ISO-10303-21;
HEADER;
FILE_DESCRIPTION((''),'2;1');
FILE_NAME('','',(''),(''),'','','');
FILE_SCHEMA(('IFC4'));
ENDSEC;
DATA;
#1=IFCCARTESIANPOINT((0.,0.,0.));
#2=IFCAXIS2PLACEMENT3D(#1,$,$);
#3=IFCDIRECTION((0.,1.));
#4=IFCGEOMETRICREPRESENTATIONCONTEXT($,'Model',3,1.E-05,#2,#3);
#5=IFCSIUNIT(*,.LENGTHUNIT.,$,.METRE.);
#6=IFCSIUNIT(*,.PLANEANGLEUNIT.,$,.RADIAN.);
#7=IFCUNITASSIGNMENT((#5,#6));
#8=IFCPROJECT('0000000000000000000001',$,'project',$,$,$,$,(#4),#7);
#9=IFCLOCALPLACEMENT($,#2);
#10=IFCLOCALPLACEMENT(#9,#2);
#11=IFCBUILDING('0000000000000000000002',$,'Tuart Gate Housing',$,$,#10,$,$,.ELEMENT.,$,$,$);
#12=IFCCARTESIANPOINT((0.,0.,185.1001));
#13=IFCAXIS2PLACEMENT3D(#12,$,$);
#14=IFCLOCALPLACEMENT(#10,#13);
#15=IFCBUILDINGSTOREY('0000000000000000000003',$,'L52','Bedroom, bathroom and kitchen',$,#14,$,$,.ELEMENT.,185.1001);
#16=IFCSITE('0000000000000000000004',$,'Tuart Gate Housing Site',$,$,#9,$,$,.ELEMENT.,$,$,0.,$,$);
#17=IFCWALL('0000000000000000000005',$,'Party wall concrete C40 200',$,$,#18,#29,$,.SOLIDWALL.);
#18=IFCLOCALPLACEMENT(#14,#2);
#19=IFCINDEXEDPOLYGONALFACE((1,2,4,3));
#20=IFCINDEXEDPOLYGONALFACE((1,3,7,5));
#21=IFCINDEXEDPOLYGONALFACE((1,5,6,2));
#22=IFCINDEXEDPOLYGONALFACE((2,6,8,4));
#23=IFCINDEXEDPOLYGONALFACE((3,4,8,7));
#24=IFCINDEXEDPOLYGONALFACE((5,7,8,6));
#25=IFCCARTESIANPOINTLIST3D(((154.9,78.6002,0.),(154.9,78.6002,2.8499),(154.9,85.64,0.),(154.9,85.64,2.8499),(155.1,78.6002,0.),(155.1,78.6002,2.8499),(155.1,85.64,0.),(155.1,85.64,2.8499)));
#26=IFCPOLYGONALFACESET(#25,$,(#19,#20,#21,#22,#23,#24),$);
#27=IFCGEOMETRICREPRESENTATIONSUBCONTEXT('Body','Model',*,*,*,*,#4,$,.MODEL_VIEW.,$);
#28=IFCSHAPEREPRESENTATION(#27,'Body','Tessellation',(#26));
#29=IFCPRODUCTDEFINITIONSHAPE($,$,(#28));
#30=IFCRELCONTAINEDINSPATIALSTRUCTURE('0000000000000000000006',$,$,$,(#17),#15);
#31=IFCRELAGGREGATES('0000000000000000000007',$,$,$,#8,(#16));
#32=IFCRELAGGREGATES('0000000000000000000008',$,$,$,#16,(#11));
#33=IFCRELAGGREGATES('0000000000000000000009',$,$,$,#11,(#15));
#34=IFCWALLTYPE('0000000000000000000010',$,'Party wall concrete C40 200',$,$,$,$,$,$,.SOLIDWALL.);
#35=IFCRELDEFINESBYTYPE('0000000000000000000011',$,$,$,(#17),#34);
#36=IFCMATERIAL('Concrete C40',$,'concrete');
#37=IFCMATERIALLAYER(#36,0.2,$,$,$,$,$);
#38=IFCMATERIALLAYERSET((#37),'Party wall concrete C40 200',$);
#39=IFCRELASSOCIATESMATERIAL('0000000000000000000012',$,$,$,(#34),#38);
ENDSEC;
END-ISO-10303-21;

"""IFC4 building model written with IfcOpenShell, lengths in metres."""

from ifc_helpers import new_model, si_unit, direction, frame, frame_2d, origin, place, context, subcontext, project, spatial, rectangle, extrude, material, layer, layer_set, type_object, element, save


model = new_model("IFC4")

# Units and contexts
model_context = context("Model", 3, precision=1e-05, world=origin(), true_north=direction((0.0, 1.0)))
body_context = subcontext(model_context, "Body", "Model", "MODEL_VIEW")
ifc_project = project(units=[si_unit("LENGTHUNIT", "METRE"), si_unit("PLANEANGLEUNIT", "RADIAN")], contexts=[model_context])

# Site, building, storey
site_placement = place(None, origin())
site = spatial("IfcSite", under=ifc_project, at=site_placement, Name="Tuart Gate Housing Site", CompositionType="ELEMENT", RefElevation=0.0)
building_placement = place(site_placement, origin())
building = spatial("IfcBuilding", under=site, at=building_placement, Name="Tuart Gate Housing", CompositionType="ELEMENT")
storey_placement = place(building_placement, frame((0.0, 0.0, 185.1001)))
storey = spatial("IfcBuildingStorey", under=building, at=storey_placement, Name="L52", Description="Bedroom, bathroom and kitchen", CompositionType="ELEMENT", Elevation=185.1001)

# Wall
ifc_material_1 = material(Name="Concrete C40", Category="concrete")
ifc_layer_1 = layer(ifc_material_1, 0.2)
ifc_layer_set_1 = layer_set([ifc_layer_1], Name="Party wall concrete C40 200")
wall_type_1 = type_object("IfcWallType", Name="Party wall concrete C40 200", PredefinedType="SOLIDWALL", material=ifc_layer_set_1)
wall_1_placement = place(storey_placement, frame((155.0, 78.6001, 0.0), z_axis=(0.0, 0.0, 1.0), x_axis=(0.0, 1.0, 0.0)))
element("IfcWall", 1, at=wall_1_placement, inside=storey, type_object=wall_type_1, Name="Party wall concrete C40 200", PredefinedType="SOLIDWALL", context=body_context, shape_type="SweptSolid", body=[
    extrude(rectangle(XDim=7.0398, YDim=0.2, at=frame_2d((3.52, 0.0))), origin(), (0.0, 0.0, 1.0), 2.8499),
])

save(model, "model.ifc")
